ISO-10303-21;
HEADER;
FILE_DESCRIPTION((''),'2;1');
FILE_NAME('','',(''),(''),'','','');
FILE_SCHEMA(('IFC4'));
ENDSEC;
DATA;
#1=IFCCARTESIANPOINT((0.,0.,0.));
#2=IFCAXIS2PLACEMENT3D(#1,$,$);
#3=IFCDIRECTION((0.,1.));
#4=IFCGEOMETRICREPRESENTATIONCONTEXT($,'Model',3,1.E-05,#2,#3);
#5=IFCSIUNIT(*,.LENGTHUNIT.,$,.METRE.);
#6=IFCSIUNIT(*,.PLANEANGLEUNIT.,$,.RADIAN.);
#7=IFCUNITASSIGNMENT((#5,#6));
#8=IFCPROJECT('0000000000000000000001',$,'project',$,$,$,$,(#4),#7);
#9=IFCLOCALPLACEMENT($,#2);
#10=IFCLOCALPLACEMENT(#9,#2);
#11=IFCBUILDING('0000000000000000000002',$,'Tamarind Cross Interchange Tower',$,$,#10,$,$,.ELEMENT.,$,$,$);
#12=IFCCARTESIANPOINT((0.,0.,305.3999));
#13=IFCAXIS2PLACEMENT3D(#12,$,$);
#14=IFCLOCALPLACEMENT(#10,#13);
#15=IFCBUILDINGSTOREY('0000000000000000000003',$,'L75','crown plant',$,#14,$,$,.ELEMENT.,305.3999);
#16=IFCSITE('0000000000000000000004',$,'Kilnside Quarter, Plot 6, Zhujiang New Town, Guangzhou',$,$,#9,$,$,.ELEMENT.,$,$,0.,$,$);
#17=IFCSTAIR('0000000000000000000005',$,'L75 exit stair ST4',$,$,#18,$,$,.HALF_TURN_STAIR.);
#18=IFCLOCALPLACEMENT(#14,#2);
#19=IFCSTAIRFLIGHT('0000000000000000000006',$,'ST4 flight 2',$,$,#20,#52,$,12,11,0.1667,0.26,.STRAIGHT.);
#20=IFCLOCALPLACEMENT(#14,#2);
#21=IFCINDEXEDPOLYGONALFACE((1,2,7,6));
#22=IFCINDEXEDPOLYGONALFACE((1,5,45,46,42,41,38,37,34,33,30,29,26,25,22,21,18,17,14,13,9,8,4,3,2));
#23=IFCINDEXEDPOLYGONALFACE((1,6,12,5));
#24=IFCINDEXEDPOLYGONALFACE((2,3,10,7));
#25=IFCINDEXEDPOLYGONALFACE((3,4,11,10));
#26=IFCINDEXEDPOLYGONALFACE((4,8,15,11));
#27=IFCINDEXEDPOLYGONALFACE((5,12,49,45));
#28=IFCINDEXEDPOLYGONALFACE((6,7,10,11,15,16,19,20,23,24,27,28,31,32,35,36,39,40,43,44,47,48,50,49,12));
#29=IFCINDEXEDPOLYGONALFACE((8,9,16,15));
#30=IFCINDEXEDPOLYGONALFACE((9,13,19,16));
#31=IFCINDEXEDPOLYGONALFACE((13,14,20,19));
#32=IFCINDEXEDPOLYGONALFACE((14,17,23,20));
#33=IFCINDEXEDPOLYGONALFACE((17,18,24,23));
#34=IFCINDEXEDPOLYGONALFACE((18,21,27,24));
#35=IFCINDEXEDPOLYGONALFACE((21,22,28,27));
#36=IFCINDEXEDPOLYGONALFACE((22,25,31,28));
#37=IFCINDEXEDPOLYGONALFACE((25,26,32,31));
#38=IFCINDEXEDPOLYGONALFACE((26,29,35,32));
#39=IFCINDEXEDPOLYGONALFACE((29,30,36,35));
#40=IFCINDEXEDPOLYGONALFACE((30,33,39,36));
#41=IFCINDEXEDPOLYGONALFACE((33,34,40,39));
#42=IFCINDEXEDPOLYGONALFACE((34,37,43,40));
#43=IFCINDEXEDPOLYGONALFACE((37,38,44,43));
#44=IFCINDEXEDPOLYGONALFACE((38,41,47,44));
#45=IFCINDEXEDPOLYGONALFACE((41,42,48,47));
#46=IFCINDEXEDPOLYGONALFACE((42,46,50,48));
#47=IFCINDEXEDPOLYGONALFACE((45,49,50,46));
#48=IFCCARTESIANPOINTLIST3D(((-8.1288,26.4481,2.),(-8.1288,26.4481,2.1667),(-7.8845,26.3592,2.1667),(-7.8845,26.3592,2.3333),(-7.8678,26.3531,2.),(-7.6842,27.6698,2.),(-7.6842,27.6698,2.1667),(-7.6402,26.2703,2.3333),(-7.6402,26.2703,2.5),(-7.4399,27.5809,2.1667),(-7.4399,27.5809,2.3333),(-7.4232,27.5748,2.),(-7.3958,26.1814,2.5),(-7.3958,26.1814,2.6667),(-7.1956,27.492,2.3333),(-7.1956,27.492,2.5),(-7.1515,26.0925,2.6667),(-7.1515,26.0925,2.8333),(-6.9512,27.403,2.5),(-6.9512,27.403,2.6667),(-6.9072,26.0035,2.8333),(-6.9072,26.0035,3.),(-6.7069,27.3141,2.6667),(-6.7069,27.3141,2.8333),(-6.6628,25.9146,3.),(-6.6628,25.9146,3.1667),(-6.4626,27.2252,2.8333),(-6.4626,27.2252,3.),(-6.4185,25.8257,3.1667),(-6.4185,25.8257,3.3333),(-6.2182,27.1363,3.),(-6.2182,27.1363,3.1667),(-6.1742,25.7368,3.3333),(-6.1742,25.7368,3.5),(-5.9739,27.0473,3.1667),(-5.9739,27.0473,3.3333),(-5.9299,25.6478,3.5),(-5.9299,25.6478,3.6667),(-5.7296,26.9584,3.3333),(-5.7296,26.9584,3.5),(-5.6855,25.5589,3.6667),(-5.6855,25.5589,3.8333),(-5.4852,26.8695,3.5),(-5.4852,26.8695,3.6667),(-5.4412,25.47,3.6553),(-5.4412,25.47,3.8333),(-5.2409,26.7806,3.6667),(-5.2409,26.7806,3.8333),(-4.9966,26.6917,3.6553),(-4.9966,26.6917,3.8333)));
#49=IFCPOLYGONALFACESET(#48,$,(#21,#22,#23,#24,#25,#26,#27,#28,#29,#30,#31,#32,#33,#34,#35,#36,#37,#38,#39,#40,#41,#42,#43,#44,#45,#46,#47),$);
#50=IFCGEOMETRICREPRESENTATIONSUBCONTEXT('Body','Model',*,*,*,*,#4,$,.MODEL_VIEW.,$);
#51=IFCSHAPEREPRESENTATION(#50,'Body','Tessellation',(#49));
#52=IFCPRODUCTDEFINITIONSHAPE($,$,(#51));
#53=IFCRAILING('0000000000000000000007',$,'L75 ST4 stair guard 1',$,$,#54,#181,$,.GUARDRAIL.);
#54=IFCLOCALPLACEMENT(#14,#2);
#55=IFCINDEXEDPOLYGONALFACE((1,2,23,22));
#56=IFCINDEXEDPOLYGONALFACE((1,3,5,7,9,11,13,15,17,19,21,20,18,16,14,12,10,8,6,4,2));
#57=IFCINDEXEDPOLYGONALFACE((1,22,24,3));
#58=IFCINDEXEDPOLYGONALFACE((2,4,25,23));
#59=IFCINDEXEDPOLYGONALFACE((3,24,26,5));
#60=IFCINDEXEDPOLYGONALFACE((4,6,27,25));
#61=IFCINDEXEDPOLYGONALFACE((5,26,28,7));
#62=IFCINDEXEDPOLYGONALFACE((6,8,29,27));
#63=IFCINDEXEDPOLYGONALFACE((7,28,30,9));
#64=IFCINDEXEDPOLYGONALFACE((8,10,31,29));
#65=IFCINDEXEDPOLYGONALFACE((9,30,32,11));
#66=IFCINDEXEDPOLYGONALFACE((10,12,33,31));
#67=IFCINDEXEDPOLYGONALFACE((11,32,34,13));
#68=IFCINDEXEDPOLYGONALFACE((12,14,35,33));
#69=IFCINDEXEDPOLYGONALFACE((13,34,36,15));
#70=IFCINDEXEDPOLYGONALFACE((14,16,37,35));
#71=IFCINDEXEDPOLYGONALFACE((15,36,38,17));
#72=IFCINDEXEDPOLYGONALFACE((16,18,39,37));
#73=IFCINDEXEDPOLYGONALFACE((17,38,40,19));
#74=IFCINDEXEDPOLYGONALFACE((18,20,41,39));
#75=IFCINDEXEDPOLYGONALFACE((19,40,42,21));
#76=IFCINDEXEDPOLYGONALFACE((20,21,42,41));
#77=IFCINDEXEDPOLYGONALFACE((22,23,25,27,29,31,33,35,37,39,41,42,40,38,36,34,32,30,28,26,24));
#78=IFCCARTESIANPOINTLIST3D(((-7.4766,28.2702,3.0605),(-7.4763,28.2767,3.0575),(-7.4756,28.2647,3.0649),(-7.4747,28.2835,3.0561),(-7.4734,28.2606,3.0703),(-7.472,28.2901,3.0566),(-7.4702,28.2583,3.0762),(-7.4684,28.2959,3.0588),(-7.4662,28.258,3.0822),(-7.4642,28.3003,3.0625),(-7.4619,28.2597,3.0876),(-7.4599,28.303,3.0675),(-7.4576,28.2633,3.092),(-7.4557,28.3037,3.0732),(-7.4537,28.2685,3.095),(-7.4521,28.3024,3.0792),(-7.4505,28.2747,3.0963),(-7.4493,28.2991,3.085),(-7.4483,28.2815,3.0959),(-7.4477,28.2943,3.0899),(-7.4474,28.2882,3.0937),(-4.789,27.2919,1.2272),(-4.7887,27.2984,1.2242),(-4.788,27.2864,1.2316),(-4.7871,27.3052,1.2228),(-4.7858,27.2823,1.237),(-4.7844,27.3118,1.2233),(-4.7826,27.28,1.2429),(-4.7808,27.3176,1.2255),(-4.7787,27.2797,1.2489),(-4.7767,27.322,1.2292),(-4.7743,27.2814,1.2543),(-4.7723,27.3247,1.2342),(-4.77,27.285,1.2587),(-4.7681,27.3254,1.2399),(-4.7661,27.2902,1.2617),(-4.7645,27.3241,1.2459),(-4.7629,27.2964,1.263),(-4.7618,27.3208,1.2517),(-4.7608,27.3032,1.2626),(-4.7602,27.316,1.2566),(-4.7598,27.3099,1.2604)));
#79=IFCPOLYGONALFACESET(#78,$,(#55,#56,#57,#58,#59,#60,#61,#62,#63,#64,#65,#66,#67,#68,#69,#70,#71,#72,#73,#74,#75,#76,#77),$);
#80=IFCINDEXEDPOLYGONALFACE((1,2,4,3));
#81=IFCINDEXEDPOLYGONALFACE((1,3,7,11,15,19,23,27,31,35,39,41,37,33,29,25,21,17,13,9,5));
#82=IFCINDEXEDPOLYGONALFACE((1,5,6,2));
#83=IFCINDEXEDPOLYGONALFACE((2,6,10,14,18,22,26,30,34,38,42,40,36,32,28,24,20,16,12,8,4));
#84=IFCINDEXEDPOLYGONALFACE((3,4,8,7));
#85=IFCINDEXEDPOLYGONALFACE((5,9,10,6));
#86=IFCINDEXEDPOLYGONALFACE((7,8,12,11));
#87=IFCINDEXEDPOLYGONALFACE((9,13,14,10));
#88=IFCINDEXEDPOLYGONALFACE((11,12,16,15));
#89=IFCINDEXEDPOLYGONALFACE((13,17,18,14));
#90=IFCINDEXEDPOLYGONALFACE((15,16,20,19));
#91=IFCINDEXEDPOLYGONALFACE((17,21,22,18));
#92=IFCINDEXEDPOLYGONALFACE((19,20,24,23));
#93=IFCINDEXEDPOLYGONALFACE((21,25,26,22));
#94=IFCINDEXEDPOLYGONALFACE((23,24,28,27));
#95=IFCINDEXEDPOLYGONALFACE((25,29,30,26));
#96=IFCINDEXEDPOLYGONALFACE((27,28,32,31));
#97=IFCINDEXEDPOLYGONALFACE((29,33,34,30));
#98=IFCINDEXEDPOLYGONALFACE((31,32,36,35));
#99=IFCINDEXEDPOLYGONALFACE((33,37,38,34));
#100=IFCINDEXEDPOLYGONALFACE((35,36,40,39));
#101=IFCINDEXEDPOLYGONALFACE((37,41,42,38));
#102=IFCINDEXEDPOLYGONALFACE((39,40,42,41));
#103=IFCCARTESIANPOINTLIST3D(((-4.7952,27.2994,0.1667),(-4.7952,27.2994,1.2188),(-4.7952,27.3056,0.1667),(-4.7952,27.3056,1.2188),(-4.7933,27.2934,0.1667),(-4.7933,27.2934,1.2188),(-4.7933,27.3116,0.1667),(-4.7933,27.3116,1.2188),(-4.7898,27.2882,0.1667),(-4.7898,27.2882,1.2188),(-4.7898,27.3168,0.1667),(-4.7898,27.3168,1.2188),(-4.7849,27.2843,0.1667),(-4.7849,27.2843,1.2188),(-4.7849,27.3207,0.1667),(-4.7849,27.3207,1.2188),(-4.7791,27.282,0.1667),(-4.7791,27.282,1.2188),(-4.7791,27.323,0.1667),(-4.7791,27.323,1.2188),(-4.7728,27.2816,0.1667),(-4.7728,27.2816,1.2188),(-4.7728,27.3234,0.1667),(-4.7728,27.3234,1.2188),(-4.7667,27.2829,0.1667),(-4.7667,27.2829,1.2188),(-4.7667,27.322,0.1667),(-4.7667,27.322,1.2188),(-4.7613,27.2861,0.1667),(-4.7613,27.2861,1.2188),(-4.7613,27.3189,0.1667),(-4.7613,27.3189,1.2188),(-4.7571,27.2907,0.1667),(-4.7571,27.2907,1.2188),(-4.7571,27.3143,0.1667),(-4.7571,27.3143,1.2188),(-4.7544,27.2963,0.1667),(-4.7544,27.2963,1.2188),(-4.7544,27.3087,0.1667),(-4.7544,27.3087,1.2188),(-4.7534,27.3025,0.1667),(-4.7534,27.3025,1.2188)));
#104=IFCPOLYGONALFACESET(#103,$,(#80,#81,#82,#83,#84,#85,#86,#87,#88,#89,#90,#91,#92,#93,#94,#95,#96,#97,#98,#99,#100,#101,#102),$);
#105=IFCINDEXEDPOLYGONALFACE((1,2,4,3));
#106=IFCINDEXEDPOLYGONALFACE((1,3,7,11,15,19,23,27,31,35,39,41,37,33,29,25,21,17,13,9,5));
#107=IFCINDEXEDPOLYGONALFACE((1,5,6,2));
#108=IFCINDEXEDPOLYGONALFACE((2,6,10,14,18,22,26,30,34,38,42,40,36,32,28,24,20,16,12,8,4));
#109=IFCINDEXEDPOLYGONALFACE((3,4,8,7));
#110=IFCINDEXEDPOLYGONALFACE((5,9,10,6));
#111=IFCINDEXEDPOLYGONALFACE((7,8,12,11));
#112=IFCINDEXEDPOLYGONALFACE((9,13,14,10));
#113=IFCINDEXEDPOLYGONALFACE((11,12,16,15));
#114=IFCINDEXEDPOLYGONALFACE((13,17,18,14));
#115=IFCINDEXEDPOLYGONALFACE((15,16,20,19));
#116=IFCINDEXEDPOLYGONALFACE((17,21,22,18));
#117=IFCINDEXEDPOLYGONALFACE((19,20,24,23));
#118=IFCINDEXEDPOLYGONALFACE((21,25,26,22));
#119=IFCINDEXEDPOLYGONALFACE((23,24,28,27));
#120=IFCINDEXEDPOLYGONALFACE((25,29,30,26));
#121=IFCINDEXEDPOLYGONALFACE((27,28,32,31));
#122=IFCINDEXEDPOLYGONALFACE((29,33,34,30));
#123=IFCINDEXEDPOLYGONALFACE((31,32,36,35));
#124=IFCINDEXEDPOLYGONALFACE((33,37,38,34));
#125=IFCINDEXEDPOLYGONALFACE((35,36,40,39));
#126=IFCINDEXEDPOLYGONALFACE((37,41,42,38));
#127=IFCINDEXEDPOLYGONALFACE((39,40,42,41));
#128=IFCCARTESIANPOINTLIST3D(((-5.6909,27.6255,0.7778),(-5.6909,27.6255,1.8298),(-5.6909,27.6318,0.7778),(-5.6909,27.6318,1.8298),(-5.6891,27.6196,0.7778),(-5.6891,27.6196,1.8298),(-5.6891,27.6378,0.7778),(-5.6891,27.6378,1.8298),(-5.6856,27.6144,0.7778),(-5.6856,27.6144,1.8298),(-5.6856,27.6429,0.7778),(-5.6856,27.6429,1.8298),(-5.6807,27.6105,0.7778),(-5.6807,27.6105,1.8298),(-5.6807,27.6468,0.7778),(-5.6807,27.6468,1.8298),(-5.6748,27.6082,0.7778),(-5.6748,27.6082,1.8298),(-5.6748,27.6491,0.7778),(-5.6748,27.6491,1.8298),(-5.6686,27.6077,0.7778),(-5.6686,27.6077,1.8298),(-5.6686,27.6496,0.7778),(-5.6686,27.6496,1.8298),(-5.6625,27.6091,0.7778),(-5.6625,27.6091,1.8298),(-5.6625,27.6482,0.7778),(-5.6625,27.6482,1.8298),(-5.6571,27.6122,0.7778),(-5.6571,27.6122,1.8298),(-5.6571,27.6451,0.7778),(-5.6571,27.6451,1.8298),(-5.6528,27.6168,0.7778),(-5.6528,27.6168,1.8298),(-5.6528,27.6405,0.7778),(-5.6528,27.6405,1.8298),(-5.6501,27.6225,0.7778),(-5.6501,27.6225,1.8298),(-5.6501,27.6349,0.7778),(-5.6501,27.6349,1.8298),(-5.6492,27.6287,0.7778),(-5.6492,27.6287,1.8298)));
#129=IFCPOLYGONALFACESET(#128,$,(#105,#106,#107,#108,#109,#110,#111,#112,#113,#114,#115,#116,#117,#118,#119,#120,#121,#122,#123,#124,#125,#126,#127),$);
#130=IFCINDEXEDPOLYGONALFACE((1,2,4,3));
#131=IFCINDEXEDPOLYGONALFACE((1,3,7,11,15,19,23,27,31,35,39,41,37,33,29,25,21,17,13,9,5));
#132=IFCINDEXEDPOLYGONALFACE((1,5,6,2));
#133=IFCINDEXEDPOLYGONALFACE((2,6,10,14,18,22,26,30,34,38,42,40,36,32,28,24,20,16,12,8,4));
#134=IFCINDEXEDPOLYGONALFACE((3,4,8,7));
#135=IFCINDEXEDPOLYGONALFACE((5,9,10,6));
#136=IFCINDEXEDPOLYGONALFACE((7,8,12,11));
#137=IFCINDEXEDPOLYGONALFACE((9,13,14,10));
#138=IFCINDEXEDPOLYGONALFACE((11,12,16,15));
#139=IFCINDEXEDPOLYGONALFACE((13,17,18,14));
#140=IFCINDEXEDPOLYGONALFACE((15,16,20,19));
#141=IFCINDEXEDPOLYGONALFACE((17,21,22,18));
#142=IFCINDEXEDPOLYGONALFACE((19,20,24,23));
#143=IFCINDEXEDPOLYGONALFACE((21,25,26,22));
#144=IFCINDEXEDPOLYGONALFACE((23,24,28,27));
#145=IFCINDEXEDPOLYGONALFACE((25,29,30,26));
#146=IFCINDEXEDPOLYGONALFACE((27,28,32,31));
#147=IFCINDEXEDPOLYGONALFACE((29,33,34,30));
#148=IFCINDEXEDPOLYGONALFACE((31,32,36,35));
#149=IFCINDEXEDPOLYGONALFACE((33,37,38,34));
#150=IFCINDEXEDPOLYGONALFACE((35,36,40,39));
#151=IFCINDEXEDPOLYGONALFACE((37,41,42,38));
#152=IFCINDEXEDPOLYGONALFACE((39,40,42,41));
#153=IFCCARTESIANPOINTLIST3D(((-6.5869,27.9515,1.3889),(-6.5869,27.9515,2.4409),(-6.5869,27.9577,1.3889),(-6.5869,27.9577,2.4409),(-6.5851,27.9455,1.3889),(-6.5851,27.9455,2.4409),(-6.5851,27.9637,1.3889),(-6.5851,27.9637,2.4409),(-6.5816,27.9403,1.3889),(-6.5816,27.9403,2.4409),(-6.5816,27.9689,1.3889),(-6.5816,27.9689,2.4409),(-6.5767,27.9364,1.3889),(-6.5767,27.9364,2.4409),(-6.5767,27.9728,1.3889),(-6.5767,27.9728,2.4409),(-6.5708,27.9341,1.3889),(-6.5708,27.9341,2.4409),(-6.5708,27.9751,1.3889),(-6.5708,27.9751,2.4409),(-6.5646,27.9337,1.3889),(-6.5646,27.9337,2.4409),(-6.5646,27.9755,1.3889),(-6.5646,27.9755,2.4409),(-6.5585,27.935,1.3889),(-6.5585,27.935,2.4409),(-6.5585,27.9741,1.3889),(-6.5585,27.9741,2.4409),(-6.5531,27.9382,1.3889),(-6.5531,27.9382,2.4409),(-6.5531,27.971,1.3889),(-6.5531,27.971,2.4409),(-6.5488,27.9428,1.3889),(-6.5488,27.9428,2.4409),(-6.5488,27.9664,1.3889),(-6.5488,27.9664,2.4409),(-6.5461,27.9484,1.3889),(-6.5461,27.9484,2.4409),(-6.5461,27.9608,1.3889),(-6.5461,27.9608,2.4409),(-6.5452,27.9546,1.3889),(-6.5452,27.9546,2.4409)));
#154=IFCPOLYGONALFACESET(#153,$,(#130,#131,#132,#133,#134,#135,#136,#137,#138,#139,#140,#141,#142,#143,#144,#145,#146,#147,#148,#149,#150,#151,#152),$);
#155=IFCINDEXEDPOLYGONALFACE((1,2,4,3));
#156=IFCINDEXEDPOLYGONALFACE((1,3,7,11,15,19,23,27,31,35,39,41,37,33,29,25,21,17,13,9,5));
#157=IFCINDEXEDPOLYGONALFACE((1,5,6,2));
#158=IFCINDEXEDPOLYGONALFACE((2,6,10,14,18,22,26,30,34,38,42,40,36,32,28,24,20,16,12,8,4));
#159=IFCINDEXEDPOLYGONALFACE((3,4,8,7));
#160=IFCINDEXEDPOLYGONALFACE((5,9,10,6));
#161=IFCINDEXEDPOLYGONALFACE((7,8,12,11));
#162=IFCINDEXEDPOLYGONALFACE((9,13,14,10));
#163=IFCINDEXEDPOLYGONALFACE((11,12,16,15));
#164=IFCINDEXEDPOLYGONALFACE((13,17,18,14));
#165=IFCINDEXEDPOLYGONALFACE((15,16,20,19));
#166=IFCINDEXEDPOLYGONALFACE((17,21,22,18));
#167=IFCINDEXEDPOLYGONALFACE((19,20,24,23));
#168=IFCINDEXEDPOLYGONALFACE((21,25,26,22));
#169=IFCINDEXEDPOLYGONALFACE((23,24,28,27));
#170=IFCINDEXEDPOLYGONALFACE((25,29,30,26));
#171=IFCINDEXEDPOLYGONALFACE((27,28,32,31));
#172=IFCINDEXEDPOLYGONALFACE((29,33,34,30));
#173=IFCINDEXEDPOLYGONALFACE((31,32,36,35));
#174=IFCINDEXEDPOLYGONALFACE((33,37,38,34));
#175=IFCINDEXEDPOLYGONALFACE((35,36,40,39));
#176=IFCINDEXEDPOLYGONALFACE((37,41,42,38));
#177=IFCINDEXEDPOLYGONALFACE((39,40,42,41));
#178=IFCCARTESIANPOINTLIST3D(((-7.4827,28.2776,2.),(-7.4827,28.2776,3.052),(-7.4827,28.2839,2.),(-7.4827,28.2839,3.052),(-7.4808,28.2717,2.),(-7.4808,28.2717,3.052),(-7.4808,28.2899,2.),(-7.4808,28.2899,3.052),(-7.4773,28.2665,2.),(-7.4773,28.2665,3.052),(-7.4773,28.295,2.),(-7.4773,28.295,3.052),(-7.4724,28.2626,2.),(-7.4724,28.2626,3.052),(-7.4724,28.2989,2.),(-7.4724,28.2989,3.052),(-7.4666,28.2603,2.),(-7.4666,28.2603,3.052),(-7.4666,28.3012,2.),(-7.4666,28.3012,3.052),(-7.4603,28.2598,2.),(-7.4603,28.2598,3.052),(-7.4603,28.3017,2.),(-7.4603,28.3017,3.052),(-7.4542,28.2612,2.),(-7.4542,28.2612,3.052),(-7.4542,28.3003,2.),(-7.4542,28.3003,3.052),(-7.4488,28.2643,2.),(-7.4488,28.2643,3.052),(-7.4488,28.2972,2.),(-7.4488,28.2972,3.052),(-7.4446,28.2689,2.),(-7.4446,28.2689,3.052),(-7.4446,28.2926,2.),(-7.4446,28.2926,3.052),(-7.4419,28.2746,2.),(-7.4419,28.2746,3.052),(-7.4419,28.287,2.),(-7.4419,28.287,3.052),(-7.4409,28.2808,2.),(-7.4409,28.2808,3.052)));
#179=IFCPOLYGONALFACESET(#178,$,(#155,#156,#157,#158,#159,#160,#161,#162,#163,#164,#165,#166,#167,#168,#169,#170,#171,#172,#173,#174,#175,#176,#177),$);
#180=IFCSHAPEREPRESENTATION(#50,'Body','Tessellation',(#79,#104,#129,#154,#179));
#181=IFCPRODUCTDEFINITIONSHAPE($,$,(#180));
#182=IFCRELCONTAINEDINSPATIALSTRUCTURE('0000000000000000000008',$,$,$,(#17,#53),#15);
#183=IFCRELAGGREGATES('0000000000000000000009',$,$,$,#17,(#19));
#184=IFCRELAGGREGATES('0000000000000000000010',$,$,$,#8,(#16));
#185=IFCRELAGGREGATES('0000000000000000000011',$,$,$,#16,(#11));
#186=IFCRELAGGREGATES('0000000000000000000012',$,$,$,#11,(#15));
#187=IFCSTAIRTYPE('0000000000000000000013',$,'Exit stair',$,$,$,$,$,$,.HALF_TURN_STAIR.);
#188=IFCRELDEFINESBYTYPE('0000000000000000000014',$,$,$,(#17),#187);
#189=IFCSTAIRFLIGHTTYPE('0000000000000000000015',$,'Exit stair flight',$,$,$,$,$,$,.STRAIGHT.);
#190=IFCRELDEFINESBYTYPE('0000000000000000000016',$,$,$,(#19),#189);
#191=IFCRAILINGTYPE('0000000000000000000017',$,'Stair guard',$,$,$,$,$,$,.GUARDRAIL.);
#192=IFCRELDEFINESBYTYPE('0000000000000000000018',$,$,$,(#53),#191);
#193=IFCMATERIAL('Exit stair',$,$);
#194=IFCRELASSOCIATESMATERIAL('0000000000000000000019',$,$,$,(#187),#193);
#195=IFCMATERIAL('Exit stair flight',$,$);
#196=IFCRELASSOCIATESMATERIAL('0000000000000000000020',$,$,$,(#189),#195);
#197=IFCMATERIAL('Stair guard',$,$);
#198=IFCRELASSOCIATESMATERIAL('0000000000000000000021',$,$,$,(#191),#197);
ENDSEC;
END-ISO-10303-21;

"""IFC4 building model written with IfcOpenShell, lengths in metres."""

from ifc_helpers import new_model, si_unit, direction, frame, origin, origin_2d, place, context, subcontext, project, spatial, polyline, circle, outline, extrude, material, type_object, element, aggregate, save


model = new_model("IFC4")

# Units and contexts
model_context = context("Model", 3, precision=1e-05, world=origin(), true_north=direction((0.0, 1.0)))
body_context = subcontext(model_context, "Body", "Model", "MODEL_VIEW")
ifc_project = project(units=[si_unit("LENGTHUNIT", "METRE"), si_unit("PLANEANGLEUNIT", "RADIAN")], contexts=[model_context])

# Site, building, storey
site_placement = place(None, origin())
site = spatial("IfcSite", under=ifc_project, at=site_placement, Name="Kilnside Quarter, Plot 6, Zhujiang New Town, Guangzhou", CompositionType="ELEMENT", RefElevation=0.0)
building_placement = place(site_placement, origin())
building = spatial("IfcBuilding", under=site, at=building_placement, Name="Tamarind Cross Interchange Tower", CompositionType="ELEMENT")
storey_placement = place(building_placement, frame((0.0, 0.0, 305.3999)))
storey = spatial("IfcBuildingStorey", under=building, at=storey_placement, Name="L75", Description="crown plant", CompositionType="ELEMENT", Elevation=305.3999)

# Stair, stair flight
ifc_material_1 = material(Name="Exit stair")
stair_type = type_object("IfcStairType", Name="Exit stair", PredefinedType="HALF_TURN_STAIR", material=ifc_material_1)
stair_placement = place(storey_placement, origin())
stair = element("IfcStair", 1, at=stair_placement, inside=storey, type_object=stair_type, Name="L75 exit stair ST4", PredefinedType="HALF_TURN_STAIR")
ifc_material_2 = material(Name="Exit stair flight")
stair_flight_type = type_object("IfcStairFlightType", Name="Exit stair flight", PredefinedType="STRAIGHT", material=ifc_material_2)
stair_flight_1_placement = place(storey_placement, frame((-7.9065, 27.0591, 2.0), z_axis=(0.0, 0.0, 1.0), x_axis=(0.939702, -0.341994, 0.0)))
stair_flight_1 = element("IfcStairFlight", 2, at=stair_flight_1_placement, type_object=stair_flight_type, Name="ST4 flight 2", NumberOfRisers=12, NumberOfTreads=11, PredefinedType="STRAIGHT", RiserHeight=0.1667, TreadLength=0.26, context=body_context, shape_type="SweptSolid", body=[
    extrude(outline(polyline([(0.0, 0.0), (0.0, 0.1667), (0.26, 0.1667), (0.26, 0.3333), (0.52, 0.3333), (0.52, 0.5), (0.78, 0.5), (0.78, 0.6667), (1.04, 0.6667), (1.04, 0.8333), (1.3, 0.8333), (1.3, 1.0), (1.5601, 1.0), (1.5601, 1.1667), (1.8201, 1.1667), (1.8201, 1.3333), (2.0801, 1.3333), (2.0801, 1.5), (2.3401, 1.5), (2.3401, 1.6667), (2.6001, 1.6667), (2.6001, 1.8333), (2.8601, 1.8333), (2.8601, 2.0), (2.8601, 1.6553), (0.2778, 0.0), (0.0, 0.0)])), frame((0.0, 0.6499, 0.0), z_axis=(0.0, -1.0, 0.0), x_axis=(1.0, 0.0, 0.0)), (0.0, 0.0, 1.0), 1.3),
])
aggregate(stair, [stair_flight_1])

# Railing
ifc_material_3 = material(Name="Stair guard")
railing_type_1 = type_object("IfcRailingType", Name="Stair guard", PredefinedType="GUARDRAIL", material=ifc_material_3)
railing_1_placement = place(storey_placement, frame((-4.7744, 27.3025, 0.1667)))
element("IfcRailing", 3, at=railing_1_placement, inside=storey, type_object=railing_type_1, Name="L75 ST4 stair guard 1", PredefinedType="GUARDRAIL", context=body_context, shape_type="SweptSolid", body=[
    extrude(circle(Radius=0.0239, at=origin_2d()), frame((0.0, 0.0, 1.0762), z_axis=(-0.791109, 0.28797, 0.539647), x_axis=(-0.342051, -0.939681, 0.0)), (0.0, 0.0, 1.0), 3.3972),
    extrude(circle(Radius=0.021, at=origin_2d()), origin(), (0.0, 0.0, 1.0), 1.052),
    extrude(circle(Radius=0.021, at=origin_2d()), frame((-0.8958, 0.3262, 0.6111)), (0.0, 0.0, 1.0), 1.052),
    extrude(circle(Radius=0.021, at=origin_2d()), frame((-1.7917, 0.6521, 1.2222)), (0.0, 0.0, 1.0), 1.052),
    extrude(circle(Radius=0.021, at=origin_2d()), frame((-2.6875, 0.9783, 1.8333)), (0.0, 0.0, 1.0), 1.052),
])

save(model, "model.ifc")
